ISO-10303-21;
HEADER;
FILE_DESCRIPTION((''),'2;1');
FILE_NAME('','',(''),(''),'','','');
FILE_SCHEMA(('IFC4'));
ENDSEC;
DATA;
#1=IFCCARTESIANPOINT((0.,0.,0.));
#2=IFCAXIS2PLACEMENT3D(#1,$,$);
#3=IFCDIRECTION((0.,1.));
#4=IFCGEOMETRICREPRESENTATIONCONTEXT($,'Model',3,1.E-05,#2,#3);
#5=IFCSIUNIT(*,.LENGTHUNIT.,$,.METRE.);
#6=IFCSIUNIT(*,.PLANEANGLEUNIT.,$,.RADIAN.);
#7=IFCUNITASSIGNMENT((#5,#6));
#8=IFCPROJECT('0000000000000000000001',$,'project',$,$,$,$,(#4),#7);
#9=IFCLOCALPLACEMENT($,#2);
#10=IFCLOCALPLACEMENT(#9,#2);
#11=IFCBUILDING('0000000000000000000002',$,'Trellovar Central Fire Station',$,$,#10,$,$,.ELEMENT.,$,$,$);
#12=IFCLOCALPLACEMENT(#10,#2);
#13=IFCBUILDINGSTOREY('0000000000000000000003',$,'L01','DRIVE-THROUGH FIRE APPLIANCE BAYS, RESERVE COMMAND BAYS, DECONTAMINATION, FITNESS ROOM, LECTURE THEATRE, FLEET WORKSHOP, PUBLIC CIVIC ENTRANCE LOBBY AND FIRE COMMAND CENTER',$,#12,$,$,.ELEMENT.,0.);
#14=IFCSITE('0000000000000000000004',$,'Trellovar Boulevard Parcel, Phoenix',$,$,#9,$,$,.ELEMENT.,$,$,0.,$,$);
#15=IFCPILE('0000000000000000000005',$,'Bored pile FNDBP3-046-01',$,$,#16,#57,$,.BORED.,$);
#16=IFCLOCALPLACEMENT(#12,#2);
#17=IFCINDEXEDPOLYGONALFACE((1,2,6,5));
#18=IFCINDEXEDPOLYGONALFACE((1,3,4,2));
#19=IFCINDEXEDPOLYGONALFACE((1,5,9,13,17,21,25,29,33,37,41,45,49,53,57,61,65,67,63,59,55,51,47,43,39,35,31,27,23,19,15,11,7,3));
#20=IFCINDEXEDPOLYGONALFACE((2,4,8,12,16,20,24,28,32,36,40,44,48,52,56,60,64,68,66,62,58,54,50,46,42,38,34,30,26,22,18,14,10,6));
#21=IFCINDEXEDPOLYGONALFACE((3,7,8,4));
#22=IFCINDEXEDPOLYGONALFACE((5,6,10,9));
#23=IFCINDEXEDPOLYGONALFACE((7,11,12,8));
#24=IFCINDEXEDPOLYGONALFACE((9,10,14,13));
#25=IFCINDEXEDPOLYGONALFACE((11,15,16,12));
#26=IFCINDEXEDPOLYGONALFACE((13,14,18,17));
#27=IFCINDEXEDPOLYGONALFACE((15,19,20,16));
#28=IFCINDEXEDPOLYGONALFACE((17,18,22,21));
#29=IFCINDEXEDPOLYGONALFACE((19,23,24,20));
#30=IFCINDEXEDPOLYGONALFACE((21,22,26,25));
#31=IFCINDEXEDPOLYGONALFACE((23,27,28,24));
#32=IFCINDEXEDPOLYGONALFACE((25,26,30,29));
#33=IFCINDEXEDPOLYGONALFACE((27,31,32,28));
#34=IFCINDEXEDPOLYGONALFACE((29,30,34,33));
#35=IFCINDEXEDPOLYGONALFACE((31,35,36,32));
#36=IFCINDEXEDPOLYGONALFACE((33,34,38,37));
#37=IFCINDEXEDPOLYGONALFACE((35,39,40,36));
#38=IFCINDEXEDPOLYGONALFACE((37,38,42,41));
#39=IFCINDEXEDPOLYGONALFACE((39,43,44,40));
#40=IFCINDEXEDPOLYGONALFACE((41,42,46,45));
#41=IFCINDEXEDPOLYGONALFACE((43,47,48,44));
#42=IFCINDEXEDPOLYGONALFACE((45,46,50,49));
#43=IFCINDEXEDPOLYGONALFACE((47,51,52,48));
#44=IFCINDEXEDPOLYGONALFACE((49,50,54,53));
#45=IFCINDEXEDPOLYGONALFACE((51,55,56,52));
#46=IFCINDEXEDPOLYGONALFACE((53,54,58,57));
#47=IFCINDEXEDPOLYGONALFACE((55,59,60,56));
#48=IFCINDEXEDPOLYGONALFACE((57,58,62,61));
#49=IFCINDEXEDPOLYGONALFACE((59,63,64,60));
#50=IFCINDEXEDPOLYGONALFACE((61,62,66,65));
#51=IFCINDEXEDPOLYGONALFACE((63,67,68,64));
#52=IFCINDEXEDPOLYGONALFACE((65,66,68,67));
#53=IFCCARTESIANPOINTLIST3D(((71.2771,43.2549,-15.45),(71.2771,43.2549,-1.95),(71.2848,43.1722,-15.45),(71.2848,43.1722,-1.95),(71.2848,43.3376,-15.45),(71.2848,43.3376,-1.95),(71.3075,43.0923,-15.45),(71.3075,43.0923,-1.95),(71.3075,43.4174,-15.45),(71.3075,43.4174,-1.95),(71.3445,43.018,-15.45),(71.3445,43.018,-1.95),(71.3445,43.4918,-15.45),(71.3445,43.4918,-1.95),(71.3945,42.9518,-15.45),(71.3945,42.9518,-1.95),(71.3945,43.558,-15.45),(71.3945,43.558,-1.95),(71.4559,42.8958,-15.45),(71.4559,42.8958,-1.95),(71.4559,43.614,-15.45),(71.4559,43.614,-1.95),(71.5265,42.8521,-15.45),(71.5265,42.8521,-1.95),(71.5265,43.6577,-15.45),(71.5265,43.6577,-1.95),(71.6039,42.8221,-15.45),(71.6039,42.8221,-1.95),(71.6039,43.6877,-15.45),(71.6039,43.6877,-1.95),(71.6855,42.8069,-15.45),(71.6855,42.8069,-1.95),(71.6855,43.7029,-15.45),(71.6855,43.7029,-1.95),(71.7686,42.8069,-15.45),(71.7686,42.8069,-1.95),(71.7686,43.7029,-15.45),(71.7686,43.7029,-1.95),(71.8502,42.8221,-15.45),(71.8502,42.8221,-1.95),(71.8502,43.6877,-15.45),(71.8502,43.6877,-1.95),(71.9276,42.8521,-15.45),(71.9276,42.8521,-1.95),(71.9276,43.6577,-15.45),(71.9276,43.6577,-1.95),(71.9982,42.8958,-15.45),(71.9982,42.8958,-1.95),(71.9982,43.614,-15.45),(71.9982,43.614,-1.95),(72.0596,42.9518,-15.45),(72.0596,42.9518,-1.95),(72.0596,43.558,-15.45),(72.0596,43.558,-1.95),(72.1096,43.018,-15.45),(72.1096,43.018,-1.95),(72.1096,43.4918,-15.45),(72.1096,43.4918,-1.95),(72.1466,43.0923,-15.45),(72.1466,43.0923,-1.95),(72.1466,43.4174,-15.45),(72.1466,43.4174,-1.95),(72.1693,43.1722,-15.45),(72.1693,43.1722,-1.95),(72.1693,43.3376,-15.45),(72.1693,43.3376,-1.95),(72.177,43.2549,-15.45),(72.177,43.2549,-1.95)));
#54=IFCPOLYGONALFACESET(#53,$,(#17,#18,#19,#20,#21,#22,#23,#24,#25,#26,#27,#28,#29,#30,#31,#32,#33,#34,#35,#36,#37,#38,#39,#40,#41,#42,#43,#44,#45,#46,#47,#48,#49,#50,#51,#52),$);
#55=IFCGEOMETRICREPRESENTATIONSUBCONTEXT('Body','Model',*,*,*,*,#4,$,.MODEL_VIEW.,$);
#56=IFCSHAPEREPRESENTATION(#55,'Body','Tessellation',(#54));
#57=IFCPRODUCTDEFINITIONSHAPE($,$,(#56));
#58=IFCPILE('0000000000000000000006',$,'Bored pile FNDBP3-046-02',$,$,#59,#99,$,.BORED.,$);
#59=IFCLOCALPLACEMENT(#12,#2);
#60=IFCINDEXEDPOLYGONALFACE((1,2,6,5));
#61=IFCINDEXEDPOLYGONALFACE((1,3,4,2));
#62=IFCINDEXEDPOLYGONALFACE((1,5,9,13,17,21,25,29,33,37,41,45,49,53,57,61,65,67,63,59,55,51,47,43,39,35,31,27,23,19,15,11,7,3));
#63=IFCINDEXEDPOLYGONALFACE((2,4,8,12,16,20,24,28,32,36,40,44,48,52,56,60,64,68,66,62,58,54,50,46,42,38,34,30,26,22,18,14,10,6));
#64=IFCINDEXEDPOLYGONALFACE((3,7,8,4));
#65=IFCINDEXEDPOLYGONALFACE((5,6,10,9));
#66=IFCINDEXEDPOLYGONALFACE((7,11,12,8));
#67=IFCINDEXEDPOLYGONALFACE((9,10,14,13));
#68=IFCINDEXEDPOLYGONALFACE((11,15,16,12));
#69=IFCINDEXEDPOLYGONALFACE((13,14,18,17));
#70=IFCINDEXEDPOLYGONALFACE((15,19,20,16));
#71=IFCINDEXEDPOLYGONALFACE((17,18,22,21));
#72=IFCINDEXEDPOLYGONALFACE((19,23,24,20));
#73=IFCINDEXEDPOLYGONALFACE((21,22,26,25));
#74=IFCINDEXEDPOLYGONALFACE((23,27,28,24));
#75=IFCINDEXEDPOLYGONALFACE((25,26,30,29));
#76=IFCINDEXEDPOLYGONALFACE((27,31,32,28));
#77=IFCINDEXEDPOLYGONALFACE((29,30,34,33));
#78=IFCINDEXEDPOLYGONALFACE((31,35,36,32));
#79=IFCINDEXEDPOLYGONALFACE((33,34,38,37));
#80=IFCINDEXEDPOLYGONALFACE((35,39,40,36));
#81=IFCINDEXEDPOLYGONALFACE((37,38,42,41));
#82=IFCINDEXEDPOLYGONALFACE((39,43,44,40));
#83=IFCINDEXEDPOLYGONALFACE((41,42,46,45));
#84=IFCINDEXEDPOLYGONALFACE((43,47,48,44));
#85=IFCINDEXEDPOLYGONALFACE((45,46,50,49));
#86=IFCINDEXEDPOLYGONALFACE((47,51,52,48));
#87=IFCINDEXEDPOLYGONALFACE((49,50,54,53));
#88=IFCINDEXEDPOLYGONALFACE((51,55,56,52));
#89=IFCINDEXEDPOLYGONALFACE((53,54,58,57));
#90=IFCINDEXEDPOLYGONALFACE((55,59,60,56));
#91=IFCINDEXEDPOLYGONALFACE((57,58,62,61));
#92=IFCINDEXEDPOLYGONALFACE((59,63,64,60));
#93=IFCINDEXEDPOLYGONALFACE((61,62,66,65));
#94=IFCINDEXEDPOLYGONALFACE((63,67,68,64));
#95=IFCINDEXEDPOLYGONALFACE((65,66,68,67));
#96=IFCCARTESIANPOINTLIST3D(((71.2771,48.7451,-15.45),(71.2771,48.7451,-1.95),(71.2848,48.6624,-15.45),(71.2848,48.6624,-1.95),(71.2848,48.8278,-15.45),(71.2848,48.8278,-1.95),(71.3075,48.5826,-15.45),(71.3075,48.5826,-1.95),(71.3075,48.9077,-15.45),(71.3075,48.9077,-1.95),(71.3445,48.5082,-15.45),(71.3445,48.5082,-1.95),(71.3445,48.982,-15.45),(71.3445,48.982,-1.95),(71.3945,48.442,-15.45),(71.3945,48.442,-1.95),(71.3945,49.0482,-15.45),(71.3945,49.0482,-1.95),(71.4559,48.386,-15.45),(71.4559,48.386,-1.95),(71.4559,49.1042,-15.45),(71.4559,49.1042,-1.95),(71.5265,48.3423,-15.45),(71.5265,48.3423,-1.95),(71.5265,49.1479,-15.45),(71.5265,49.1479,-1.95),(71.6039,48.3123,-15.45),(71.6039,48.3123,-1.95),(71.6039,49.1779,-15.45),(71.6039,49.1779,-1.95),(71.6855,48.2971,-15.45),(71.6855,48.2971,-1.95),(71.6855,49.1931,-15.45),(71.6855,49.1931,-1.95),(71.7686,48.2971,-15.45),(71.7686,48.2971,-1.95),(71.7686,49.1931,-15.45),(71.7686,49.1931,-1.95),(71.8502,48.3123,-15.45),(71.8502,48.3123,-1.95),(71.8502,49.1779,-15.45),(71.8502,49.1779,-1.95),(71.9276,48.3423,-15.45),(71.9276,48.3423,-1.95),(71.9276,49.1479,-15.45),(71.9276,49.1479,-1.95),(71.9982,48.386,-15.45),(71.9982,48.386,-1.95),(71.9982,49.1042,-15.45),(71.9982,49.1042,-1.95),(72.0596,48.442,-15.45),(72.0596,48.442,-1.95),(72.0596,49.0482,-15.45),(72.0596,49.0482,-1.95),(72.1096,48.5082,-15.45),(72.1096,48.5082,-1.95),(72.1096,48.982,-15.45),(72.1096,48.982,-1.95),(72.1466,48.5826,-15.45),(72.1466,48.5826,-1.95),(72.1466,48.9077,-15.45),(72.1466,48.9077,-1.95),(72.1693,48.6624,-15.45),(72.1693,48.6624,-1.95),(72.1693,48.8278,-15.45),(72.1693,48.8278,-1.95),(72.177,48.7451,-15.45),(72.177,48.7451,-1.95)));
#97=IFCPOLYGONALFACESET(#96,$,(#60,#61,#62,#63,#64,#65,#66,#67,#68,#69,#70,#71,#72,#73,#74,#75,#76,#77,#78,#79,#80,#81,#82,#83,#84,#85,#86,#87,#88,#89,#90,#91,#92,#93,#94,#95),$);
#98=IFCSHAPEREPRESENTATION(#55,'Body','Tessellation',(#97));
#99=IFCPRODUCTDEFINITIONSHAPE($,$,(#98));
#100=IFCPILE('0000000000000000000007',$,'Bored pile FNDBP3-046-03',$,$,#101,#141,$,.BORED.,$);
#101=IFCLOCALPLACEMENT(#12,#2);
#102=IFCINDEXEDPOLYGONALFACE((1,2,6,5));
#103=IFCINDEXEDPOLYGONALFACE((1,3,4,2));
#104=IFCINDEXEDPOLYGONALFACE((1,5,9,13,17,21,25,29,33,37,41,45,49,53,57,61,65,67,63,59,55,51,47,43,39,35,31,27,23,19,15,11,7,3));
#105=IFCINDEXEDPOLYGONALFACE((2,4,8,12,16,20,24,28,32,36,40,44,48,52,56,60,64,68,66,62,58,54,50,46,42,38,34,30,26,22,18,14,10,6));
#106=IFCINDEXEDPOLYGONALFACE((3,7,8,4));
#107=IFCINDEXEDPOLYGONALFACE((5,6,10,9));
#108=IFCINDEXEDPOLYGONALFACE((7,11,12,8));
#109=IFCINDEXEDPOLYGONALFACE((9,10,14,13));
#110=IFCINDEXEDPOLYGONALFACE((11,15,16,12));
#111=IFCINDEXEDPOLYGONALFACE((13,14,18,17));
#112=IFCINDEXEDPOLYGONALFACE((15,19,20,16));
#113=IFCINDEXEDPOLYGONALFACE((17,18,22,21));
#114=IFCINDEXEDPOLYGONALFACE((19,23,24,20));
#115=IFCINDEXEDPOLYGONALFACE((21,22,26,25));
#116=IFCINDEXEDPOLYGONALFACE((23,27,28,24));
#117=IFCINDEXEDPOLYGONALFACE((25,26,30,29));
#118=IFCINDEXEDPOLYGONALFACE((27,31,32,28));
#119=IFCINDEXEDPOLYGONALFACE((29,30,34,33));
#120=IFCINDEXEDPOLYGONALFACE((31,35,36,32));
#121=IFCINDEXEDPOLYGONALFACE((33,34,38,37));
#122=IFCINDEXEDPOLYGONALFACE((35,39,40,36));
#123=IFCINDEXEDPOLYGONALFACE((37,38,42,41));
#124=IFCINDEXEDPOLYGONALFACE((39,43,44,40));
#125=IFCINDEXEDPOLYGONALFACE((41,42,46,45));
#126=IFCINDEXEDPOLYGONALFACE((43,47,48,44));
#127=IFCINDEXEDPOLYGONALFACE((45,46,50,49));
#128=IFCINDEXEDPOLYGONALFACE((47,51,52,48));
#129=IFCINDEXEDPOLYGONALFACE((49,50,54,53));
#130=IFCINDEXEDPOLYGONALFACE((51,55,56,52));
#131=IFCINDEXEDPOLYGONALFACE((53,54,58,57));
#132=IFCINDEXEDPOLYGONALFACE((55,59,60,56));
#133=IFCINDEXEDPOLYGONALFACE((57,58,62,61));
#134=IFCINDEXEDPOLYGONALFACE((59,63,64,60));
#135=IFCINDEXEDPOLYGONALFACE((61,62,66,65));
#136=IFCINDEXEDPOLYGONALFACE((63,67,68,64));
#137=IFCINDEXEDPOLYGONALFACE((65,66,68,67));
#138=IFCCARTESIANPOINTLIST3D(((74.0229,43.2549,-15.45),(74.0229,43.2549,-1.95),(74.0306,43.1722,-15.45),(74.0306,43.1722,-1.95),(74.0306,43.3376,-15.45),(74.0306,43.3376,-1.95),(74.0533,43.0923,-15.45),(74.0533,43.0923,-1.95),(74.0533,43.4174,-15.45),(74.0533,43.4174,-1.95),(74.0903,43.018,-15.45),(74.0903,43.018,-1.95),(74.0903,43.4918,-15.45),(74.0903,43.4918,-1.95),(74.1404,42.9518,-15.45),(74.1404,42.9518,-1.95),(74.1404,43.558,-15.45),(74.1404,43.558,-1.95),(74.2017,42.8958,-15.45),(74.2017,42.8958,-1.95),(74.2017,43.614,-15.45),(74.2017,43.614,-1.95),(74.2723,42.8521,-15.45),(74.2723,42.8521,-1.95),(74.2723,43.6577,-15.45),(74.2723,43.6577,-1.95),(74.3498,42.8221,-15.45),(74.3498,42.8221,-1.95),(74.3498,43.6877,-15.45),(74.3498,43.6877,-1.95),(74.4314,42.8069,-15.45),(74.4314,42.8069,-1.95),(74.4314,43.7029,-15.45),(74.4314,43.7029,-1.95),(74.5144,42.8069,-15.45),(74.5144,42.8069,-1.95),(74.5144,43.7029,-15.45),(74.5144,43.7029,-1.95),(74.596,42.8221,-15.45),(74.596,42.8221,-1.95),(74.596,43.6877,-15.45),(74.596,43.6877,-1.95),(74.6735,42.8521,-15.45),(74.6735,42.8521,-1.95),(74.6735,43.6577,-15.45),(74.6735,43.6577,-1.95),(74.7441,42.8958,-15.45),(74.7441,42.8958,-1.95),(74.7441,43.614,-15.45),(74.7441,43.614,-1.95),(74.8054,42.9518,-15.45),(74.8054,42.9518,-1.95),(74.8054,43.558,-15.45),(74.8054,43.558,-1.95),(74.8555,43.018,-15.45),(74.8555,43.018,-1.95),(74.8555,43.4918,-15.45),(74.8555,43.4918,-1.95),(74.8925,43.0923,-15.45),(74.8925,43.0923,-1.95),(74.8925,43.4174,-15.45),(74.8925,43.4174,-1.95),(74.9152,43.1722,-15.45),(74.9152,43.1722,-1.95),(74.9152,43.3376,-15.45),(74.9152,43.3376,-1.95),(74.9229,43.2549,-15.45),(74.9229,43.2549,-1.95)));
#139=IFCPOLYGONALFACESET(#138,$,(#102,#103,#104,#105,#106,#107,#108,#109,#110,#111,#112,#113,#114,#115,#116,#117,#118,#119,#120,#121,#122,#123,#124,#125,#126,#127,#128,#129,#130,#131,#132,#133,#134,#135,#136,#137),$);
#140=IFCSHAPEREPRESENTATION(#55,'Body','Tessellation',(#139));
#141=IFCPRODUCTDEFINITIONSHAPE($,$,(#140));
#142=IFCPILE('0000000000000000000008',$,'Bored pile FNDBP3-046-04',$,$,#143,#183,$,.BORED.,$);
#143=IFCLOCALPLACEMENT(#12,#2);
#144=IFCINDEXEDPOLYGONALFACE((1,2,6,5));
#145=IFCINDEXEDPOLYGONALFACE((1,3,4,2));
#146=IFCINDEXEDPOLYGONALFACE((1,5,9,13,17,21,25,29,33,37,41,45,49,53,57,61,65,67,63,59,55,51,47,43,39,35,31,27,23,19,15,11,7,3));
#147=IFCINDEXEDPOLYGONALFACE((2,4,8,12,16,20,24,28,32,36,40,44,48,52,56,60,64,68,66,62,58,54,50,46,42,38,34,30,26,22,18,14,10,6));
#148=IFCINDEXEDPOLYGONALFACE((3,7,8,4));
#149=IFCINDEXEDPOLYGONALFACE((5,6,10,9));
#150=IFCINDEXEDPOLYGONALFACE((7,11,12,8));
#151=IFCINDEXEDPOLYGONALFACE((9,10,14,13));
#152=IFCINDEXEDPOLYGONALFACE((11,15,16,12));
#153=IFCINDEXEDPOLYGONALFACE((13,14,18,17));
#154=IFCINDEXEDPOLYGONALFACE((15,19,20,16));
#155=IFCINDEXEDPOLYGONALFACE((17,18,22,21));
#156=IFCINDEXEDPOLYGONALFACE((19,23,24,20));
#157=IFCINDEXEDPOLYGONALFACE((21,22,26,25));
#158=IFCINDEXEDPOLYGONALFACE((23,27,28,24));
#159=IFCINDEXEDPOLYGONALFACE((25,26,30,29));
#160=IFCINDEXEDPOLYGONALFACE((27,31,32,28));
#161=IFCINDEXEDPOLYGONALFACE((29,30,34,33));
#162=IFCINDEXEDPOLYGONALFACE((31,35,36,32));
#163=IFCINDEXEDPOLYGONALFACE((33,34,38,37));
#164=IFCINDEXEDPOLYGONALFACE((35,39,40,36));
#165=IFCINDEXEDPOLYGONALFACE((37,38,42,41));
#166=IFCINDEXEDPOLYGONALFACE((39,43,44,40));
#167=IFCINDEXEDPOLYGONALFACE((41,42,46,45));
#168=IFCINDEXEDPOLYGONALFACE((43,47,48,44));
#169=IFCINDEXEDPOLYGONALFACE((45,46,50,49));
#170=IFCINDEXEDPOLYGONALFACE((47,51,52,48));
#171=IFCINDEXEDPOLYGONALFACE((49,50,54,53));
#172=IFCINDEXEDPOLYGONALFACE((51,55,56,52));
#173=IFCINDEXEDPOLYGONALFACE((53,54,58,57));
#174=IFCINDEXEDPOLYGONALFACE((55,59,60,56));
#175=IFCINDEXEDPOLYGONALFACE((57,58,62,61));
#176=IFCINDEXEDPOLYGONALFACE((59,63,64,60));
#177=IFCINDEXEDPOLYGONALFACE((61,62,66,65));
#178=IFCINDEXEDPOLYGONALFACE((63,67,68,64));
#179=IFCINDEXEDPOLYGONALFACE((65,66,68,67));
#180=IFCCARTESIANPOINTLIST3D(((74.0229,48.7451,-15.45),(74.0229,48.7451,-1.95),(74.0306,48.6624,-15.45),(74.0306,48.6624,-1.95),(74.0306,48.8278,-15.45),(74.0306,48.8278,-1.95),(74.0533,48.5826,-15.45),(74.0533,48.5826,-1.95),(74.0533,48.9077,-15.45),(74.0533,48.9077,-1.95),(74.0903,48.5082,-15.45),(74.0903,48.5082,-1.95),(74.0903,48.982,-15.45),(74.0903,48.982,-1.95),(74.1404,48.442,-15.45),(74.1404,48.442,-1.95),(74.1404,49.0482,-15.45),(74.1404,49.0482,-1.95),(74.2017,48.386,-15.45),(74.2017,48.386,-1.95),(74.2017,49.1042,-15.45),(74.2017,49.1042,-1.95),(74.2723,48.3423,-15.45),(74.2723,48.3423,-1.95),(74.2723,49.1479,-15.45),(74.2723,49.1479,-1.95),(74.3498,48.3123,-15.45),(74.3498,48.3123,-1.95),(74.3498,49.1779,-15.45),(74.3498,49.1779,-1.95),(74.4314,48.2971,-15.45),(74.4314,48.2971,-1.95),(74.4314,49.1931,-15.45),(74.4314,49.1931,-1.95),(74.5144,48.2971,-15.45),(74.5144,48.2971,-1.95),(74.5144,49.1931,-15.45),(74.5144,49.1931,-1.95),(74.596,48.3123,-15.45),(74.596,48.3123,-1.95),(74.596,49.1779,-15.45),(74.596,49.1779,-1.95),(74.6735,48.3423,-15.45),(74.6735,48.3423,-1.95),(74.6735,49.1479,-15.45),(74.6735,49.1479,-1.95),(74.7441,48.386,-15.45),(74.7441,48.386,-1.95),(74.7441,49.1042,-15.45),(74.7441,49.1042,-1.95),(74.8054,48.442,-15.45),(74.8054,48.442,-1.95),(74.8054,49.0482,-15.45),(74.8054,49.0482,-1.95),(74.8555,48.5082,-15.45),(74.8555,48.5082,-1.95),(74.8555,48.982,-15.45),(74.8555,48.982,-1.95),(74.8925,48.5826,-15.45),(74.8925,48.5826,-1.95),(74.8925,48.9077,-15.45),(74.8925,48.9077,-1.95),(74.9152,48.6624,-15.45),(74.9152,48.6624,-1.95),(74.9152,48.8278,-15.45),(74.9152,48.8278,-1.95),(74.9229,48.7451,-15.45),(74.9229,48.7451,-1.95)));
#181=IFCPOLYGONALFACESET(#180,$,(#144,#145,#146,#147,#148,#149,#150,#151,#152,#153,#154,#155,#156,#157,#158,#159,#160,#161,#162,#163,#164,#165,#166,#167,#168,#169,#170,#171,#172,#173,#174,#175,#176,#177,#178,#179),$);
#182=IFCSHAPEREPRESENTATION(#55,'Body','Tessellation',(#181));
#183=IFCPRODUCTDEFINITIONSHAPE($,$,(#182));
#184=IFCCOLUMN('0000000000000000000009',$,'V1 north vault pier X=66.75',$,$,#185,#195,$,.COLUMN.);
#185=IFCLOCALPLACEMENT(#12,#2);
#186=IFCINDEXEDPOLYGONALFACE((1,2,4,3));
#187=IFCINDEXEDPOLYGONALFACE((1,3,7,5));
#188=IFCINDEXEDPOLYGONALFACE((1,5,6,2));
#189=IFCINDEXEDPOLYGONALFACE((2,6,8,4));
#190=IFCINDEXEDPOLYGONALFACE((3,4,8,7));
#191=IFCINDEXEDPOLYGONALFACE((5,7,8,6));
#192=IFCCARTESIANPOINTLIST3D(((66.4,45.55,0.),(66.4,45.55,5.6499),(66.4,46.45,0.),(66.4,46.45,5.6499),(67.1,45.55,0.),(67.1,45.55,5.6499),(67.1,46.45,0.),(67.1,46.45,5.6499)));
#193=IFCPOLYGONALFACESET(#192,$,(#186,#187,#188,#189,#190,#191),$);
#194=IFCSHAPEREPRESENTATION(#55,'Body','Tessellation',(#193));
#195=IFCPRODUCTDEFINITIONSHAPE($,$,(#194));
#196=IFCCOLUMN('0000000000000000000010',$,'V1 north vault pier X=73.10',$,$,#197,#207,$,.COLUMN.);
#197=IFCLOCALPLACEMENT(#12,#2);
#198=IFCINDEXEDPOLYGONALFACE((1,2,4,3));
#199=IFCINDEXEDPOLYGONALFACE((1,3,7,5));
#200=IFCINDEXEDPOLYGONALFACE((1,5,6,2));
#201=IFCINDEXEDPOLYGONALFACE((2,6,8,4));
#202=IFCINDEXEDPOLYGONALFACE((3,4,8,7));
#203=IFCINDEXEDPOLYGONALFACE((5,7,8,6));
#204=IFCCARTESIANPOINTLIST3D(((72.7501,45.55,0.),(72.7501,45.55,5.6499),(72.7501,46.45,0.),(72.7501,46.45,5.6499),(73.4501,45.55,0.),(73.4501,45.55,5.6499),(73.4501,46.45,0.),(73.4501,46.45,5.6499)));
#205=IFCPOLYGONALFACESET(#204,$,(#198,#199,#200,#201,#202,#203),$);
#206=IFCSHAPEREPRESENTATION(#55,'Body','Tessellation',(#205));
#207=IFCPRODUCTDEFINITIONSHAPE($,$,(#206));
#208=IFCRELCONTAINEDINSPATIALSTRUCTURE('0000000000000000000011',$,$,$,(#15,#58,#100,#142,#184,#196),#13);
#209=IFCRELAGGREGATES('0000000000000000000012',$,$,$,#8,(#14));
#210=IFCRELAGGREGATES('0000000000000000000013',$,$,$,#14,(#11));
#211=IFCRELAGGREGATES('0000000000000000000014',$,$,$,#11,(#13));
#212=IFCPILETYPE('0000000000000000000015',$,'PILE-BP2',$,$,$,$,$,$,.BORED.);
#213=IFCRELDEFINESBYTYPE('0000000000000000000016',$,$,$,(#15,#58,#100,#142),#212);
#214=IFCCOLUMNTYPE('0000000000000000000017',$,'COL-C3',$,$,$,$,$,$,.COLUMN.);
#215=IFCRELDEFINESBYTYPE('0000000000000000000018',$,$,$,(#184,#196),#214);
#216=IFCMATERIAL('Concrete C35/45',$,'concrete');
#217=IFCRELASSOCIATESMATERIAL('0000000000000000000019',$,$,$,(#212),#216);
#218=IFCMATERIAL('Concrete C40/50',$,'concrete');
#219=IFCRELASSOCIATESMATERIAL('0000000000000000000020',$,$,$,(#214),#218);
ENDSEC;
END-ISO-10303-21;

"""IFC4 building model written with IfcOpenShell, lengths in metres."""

from ifc_helpers import new_model, si_unit, direction, frame, origin, origin_2d, place, context, subcontext, project, spatial, rectangle, circle, extrude, material, material_profile, profile_set, type_object, element, save


model = new_model("IFC4")

# Units and contexts
model_context = context("Model", 3, precision=1e-05, world=origin(), true_north=direction((0.0, 1.0)))
body_context = subcontext(model_context, "Body", "Model", "MODEL_VIEW")
ifc_project = project(units=[si_unit("LENGTHUNIT", "METRE"), si_unit("PLANEANGLEUNIT", "RADIAN")], contexts=[model_context])

# Site, building, storey
site_placement = place(None, origin())
site = spatial("IfcSite", under=ifc_project, at=site_placement, Name="Trellovar Boulevard Parcel, Phoenix", CompositionType="ELEMENT", RefElevation=0.0)
building_placement = place(site_placement, origin())
building = spatial("IfcBuilding", under=site, at=building_placement, Name="Trellovar Central Fire Station", CompositionType="ELEMENT")
storey_placement = place(building_placement, origin())
storey = spatial("IfcBuildingStorey", under=building, at=storey_placement, Name="L01", Description="DRIVE-THROUGH FIRE APPLIANCE BAYS, RESERVE COMMAND BAYS, DECONTAMINATION, FITNESS ROOM, LECTURE THEATRE, FLEET WORKSHOP, PUBLIC CIVIC ENTRANCE LOBBY AND FIRE COMMAND CENTER", CompositionType="ELEMENT", Elevation=0.0)

# Piles
ifc_material_1 = material(Name="Concrete C35/45", Category="concrete")
ifc_material_profile_1 = material_profile(ifc_material_1, circle(Radius=0.45, at=origin_2d()), Name="PILE900")
ifc_profile_set_1 = profile_set([ifc_material_profile_1], Name="Concrete C35/45")
pile_type = type_object("IfcPileType", Name="PILE-BP2", PredefinedType="BORED", material=ifc_profile_set_1)
for number, where, z_axis, x_axis, name in (
    (1, (71.7271, 43.2549, -1.95), (0.0, 0.0, -1.0), (1.0, 0.0, 0.0), "Bored pile FNDBP3-046-01"),
    (2, (71.7271, 48.7451, -1.95), (0.0, 0.0, -1.0), (1.0, 0.0, 0.0), "Bored pile FNDBP3-046-02"),
    (3, (74.4729, 43.2549, -1.95), (0.0, 0.0, -1.0), (1.0, 0.0, 0.0), "Bored pile FNDBP3-046-03"),
    (4, (74.4729, 48.7451, -1.95), (0.0, 0.0, -1.0), (1.0, 0.0, 0.0), "Bored pile FNDBP3-046-04"),
):
    element("IfcPile", number, at=place(storey_placement, frame(where, z_axis=z_axis, x_axis=x_axis)), inside=storey, type_object=pile_type, Name=name, PredefinedType="BORED", context=body_context, shape_type="SweptSolid", body=[
        extrude(circle(Radius=0.45, at=origin_2d()), origin(), (0.0, 0.0, 1.0), 13.5),
    ])

# Columns
ifc_material_2 = material(Name="Concrete C40/50", Category="concrete")
ifc_material_profile_2 = material_profile(ifc_material_2, rectangle(XDim=0.7, YDim=0.8999, at=origin_2d()), Name="RC700X900")
ifc_profile_set_2 = profile_set([ifc_material_profile_2], Name="Concrete C40/50")
column_type = type_object("IfcColumnType", Name="COL-C3", PredefinedType="COLUMN", material=ifc_profile_set_2)
for number, where, z_axis, x_axis, name in (
    (5, (66.75, 46.0, 0.0), (0.0, 0.0, 1.0), (1.0, 0.0, 0.0), "V1 north vault pier X=66.75"),
    (6, (73.1001, 46.0, 0.0), (0.0, 0.0, 1.0), (1.0, 0.0, 0.0), "V1 north vault pier X=73.10"),
):
    element("IfcColumn", number, at=place(storey_placement, frame(where, z_axis=z_axis, x_axis=x_axis)), inside=storey, type_object=column_type, Name=name, PredefinedType="COLUMN", context=body_context, shape_type="SweptSolid", body=[
        extrude(rectangle(XDim=0.7, YDim=0.8999, at=origin_2d()), origin(), (0.0, 0.0, 1.0), 5.6499),
    ])

save(model, "model.ifc")
